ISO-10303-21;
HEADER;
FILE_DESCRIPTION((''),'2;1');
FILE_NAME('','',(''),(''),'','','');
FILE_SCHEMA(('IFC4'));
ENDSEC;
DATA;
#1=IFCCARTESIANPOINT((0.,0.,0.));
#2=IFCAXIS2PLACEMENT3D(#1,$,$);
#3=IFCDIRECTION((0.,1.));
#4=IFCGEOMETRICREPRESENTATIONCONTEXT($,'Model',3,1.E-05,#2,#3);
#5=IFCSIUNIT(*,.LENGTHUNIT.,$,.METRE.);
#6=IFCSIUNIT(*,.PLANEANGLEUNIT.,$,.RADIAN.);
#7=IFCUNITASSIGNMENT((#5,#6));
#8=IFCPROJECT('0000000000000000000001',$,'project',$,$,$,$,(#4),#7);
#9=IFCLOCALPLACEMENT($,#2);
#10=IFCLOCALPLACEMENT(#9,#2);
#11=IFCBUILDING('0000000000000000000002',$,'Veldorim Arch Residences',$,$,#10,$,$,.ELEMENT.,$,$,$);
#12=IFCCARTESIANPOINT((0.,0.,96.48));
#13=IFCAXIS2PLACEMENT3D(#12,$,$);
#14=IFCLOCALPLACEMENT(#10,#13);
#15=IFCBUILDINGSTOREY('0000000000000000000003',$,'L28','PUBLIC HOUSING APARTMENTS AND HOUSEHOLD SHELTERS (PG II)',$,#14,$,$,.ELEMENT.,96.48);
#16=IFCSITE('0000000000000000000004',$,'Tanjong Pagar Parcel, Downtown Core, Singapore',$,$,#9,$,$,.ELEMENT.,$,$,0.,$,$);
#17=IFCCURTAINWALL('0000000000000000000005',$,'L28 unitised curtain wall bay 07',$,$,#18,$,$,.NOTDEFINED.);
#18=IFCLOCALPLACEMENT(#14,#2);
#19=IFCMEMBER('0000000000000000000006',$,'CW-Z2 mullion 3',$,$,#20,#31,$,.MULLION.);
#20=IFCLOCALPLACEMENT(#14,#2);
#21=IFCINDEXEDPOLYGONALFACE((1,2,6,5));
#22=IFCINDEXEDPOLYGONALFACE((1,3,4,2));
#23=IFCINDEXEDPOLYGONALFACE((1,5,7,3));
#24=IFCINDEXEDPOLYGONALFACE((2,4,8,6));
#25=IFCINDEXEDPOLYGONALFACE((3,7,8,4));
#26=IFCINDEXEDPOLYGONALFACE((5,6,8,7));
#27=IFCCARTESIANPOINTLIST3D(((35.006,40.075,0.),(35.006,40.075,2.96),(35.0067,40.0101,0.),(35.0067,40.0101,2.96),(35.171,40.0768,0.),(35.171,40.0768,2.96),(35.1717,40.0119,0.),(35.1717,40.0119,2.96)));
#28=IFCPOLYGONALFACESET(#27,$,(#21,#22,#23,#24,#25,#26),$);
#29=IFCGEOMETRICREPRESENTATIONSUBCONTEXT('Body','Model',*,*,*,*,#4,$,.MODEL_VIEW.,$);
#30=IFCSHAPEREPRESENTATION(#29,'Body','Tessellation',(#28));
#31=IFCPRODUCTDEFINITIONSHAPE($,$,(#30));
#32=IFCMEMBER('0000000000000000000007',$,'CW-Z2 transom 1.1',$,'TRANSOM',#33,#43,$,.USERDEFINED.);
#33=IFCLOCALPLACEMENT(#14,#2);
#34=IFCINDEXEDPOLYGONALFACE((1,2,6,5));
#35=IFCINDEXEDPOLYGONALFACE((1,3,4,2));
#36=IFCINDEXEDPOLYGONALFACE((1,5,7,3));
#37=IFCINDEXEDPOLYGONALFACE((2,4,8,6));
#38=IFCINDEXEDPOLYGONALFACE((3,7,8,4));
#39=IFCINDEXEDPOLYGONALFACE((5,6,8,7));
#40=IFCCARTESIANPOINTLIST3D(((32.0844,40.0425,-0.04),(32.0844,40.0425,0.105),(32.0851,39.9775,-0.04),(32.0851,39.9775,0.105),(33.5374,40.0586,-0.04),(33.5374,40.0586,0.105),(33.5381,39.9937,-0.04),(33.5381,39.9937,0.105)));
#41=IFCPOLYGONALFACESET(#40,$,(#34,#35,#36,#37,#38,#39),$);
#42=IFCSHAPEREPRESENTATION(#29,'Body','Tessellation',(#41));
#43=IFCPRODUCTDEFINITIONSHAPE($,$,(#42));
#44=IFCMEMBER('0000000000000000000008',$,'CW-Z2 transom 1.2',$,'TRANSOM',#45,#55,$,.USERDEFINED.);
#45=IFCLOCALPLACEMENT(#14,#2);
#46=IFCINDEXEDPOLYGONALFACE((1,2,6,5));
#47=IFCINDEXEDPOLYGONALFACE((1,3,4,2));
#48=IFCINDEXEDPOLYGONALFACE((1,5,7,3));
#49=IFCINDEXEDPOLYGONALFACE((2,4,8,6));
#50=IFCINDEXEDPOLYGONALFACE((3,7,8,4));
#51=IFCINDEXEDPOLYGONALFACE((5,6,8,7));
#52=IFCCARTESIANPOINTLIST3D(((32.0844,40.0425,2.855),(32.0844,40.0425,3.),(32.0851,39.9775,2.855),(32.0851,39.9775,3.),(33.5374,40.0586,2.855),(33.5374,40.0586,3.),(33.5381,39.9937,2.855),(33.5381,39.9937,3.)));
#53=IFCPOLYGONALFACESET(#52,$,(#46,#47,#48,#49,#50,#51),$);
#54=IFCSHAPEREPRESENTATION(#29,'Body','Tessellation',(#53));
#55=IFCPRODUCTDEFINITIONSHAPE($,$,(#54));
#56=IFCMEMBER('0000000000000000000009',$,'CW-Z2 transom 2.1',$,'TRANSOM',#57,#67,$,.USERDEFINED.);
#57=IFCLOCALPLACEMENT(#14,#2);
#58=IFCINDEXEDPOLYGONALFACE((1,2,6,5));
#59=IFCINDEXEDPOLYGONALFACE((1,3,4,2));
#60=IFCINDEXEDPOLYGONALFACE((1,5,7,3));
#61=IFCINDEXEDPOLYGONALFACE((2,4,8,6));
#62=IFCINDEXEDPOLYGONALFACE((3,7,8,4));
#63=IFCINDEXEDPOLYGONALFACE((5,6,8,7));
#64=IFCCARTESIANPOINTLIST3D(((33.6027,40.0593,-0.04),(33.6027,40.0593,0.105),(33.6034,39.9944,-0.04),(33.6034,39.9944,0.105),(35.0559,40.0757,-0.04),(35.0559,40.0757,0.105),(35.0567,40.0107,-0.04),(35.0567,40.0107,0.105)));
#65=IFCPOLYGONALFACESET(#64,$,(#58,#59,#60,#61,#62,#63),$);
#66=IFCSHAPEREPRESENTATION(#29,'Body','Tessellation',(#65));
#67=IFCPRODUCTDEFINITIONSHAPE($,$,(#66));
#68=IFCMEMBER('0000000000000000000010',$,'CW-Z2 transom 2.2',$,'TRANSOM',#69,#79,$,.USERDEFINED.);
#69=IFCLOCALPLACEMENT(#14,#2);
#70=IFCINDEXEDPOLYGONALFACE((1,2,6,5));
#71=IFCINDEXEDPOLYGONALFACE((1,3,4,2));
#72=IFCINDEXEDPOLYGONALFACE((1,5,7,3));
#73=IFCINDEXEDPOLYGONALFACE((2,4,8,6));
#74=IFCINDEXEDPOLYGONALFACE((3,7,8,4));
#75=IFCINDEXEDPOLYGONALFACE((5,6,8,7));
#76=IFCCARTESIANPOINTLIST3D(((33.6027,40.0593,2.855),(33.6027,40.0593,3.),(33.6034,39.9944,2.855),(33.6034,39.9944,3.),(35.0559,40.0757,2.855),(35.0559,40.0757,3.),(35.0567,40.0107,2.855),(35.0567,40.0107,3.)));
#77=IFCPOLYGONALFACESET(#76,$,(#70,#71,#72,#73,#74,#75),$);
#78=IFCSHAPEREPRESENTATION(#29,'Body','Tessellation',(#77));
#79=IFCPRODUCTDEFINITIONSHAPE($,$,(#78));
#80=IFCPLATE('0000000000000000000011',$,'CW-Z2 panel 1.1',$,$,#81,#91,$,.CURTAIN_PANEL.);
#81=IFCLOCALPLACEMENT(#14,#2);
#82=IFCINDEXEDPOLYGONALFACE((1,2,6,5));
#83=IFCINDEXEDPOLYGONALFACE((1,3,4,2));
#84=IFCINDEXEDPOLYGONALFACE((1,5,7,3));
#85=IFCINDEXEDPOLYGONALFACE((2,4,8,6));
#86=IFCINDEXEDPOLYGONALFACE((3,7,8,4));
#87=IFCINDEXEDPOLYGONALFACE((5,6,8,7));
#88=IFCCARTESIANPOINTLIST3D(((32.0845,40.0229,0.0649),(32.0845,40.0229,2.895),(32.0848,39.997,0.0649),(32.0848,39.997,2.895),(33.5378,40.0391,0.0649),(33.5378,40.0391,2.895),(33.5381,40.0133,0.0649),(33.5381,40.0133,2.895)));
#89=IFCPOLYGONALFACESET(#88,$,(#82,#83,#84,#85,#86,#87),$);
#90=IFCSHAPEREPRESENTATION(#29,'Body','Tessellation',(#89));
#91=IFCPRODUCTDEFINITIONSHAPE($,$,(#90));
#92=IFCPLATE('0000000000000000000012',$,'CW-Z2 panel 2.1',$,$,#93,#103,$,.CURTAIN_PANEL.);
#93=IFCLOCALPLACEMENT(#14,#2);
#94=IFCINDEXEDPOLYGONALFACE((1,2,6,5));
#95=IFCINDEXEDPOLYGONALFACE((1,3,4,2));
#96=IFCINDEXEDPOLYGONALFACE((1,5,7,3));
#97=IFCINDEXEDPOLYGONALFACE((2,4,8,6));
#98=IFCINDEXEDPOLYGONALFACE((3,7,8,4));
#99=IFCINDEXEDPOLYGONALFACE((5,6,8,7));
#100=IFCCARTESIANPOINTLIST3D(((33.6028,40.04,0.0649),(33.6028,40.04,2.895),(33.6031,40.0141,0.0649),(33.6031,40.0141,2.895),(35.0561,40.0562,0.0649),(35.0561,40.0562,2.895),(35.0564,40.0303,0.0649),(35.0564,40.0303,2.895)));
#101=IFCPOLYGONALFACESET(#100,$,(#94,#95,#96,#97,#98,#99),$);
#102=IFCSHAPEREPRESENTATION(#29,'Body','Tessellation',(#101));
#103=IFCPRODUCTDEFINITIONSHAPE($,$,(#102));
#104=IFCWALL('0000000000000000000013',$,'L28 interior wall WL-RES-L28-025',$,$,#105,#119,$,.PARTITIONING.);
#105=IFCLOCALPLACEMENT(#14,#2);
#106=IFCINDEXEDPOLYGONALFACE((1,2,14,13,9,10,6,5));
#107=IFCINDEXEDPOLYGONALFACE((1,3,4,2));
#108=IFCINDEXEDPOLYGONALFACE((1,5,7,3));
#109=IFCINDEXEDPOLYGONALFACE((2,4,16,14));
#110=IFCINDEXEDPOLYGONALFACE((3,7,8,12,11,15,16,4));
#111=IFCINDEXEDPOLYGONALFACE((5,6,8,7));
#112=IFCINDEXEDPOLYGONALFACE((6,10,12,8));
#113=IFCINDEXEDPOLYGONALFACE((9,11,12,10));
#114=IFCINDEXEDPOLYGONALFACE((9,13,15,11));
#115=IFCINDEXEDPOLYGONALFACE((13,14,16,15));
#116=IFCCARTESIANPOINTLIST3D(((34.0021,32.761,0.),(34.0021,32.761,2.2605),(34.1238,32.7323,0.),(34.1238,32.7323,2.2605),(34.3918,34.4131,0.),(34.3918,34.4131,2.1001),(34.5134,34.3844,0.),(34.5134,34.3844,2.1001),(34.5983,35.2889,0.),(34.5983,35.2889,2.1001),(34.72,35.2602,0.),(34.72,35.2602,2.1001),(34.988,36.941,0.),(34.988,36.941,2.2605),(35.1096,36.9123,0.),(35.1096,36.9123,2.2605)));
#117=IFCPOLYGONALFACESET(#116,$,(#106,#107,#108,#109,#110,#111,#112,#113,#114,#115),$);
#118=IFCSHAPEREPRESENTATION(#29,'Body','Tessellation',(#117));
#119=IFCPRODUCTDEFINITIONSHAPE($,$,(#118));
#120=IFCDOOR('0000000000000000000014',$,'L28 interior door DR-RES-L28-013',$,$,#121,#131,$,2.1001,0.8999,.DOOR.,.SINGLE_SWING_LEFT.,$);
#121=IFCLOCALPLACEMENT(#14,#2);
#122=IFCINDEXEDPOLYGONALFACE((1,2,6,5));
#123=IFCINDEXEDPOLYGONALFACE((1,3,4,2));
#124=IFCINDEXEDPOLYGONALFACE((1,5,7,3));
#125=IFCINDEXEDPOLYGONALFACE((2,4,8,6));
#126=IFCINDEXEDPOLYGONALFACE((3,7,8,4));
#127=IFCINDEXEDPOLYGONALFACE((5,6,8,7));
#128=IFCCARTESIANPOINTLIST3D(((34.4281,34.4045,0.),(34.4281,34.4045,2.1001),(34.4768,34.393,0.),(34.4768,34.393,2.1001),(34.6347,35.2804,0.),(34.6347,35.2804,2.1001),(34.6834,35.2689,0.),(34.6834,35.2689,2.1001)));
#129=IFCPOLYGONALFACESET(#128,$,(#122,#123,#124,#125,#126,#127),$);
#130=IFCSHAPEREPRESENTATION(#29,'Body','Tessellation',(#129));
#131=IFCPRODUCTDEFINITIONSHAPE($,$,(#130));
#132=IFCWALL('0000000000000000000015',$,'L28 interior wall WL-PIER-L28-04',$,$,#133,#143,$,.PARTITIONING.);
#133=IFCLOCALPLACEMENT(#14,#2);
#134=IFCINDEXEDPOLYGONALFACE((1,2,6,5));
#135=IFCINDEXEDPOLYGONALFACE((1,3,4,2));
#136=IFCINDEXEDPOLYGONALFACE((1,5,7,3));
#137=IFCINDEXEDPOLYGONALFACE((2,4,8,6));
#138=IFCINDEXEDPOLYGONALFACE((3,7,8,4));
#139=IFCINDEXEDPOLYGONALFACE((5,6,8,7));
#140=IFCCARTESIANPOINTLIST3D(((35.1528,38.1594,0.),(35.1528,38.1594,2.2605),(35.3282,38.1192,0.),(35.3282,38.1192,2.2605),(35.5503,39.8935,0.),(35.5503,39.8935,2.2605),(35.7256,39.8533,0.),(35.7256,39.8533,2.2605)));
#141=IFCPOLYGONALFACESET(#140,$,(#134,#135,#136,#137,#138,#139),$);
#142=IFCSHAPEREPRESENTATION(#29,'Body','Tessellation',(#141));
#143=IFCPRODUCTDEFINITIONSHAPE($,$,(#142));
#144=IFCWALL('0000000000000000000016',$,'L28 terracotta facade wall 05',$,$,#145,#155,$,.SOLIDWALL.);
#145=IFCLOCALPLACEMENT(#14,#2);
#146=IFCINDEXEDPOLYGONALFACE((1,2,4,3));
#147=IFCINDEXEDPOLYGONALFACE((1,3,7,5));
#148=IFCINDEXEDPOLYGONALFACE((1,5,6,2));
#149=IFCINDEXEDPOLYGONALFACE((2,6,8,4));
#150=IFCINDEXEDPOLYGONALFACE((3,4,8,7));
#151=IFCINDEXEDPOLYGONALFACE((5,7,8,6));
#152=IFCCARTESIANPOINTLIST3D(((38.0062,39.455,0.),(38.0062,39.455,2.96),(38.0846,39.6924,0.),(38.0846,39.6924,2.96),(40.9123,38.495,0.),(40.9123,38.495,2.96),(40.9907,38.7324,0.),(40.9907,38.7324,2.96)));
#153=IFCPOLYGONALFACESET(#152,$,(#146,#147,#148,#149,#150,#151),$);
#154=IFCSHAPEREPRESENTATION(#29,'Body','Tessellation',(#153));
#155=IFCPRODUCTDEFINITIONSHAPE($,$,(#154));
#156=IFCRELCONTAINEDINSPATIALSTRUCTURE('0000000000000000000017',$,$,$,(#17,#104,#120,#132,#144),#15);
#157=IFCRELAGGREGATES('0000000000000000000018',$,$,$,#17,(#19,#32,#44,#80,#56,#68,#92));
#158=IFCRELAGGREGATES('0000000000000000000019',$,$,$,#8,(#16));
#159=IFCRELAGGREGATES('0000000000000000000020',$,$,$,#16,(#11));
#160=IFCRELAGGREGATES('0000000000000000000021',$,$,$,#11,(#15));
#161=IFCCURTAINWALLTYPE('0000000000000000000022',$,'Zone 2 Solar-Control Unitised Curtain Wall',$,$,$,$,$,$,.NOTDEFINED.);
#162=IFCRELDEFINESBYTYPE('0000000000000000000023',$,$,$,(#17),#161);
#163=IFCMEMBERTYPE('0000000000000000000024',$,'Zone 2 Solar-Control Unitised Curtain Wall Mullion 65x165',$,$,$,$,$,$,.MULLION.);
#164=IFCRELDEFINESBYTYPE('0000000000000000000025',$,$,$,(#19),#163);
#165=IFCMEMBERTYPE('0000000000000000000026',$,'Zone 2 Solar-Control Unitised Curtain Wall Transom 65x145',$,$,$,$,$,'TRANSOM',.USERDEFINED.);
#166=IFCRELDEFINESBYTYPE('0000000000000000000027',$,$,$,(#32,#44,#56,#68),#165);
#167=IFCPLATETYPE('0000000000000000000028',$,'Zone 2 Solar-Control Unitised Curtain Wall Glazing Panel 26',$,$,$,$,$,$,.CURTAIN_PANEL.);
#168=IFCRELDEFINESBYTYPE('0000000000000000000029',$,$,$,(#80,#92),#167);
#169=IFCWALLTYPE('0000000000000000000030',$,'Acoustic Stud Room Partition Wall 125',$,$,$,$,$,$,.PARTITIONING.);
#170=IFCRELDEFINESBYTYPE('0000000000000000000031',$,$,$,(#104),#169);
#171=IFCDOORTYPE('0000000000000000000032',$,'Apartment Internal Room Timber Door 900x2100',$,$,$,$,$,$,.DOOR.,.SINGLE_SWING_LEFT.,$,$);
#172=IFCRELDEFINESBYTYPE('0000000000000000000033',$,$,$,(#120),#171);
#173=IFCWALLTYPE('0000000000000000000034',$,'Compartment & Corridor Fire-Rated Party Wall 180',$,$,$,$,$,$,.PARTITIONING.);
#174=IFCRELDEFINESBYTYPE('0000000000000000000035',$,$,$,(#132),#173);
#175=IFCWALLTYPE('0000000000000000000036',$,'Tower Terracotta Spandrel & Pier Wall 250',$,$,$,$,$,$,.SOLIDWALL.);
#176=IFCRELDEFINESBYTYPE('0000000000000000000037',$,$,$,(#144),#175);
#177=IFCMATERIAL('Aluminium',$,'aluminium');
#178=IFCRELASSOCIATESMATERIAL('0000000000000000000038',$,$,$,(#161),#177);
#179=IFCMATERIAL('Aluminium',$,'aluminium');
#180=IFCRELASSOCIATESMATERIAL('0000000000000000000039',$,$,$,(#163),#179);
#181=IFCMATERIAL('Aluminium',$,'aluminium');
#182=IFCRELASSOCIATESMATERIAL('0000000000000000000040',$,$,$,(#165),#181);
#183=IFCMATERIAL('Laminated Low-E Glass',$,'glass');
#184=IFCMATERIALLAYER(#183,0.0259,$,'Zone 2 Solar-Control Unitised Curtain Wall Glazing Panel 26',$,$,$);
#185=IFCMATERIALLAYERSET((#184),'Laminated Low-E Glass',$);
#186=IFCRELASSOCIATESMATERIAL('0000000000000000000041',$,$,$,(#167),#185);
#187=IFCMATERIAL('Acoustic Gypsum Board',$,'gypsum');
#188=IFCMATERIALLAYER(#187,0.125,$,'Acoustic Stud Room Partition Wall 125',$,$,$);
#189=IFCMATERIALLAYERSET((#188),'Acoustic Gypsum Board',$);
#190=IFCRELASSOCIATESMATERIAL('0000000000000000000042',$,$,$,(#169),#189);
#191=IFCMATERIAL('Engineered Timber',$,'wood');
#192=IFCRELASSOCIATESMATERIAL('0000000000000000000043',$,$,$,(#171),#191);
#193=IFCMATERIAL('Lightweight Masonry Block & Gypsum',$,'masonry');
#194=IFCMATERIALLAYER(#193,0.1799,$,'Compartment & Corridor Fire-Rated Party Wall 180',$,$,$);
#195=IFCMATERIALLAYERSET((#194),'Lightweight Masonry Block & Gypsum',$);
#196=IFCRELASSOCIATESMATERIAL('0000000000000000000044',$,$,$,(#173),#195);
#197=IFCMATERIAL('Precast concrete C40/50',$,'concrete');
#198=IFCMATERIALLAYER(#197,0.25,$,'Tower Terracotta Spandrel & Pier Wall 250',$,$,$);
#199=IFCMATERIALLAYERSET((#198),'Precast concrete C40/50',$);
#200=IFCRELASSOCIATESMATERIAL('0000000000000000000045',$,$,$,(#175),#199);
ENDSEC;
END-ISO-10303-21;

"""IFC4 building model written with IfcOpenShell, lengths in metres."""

from ifc_helpers import new_model, si_unit, direction, frame, frame_2d, origin, origin_2d, place, context, subcontext, project, spatial, rectangle, extrude, material, layer, layer_set, material_profile, profile_set, type_object, element, fill, aggregate, save


model = new_model("IFC4")

# Units and contexts
model_context = context("Model", 3, precision=1e-05, world=origin(), true_north=direction((0.0, 1.0)))
body_context = subcontext(model_context, "Body", "Model", "MODEL_VIEW")
ifc_project = project(units=[si_unit("LENGTHUNIT", "METRE"), si_unit("PLANEANGLEUNIT", "RADIAN")], contexts=[model_context])

# Site, building, storey
site_placement = place(None, origin())
site = spatial("IfcSite", under=ifc_project, at=site_placement, Name="Tanjong Pagar Parcel, Downtown Core, Singapore", CompositionType="ELEMENT", RefElevation=0.0)
building_placement = place(site_placement, origin())
building = spatial("IfcBuilding", under=site, at=building_placement, Name="Veldorim Arch Residences", CompositionType="ELEMENT")
storey_placement = place(building_placement, frame((0.0, 0.0, 96.48)))
storey = spatial("IfcBuildingStorey", under=building, at=storey_placement, Name="L28", Description="PUBLIC HOUSING APARTMENTS AND HOUSEHOLD SHELTERS (PG II)", CompositionType="ELEMENT", Elevation=96.48)

# Shared definitions
ifc_material_1 = material(Name="Aluminium", Category="aluminium")
curtain_wall_type = type_object("IfcCurtainWallType", Name="Zone 2 Solar-Control Unitised Curtain Wall", PredefinedType="NOTDEFINED", material=ifc_material_1)
ifc_material_2 = material(Name="Aluminium", Category="aluminium")
ifc_material_profile_1 = material_profile(ifc_material_2, rectangle(XDim=0.0649, YDim=0.165, at=origin_2d()), Name="ALU_MUL_65x165")
ifc_profile_set_1 = profile_set([ifc_material_profile_1], Name="Aluminium")
member_type_1 = type_object("IfcMemberType", Name="Zone 2 Solar-Control Unitised Curtain Wall Mullion 65x165", PredefinedType="MULLION", material=ifc_profile_set_1)

# Curtain wall, members, plates
curtain_wall_1_placement = place(storey_placement, origin())
curtain_wall_1 = element("IfcCurtainWall", 1, at=curtain_wall_1_placement, inside=storey, type_object=curtain_wall_type, Name="L28 unitised curtain wall bay 07", PredefinedType="NOTDEFINED")
member_1_placement = place(storey_placement, frame((35.0889, 40.0435, 0.0), z_axis=(0.0, 0.0, 1.0), x_axis=(-0.011187, 0.999937, 0.0)))
member_1 = element("IfcMember", 2, at=member_1_placement, type_object=member_type_1, Name="CW-Z2 mullion 3", PredefinedType="MULLION", context=body_context, shape_type="SweptSolid", body=[
    extrude(rectangle(XDim=0.0649, YDim=0.165, at=origin_2d()), origin(), (0.0, 0.0, 1.0), 2.96),
])
ifc_material_3 = material(Name="Aluminium", Category="aluminium")
ifc_material_profile_2 = material_profile(ifc_material_3, rectangle(XDim=0.0649, YDim=0.145, at=origin_2d()), Name="ALU_TRN_65x145")
ifc_profile_set_2 = profile_set([ifc_material_profile_2], Name="Aluminium")
member_type_2 = type_object("IfcMemberType", Name="Zone 2 Solar-Control Unitised Curtain Wall Transom 65x145", ElementType="TRANSOM", PredefinedType="USERDEFINED", material=ifc_profile_set_2)
member_2_placement = place(storey_placement, frame((32.0847, 40.01, 0.0325), z_axis=(0.999939, 0.011088, 0.0), x_axis=(-0.011088, 0.999939, 0.0)))
member_2 = element("IfcMember", 3, at=member_2_placement, type_object=member_type_2, Name="CW-Z2 transom 1.1", ObjectType="TRANSOM", PredefinedType="USERDEFINED", context=body_context, shape_type="SweptSolid", body=[
    extrude(rectangle(XDim=0.0649, YDim=0.145, at=origin_2d()), origin(), (0.0, 0.0, 1.0), 1.4531),
])
member_3_placement = place(storey_placement, frame((32.0847, 40.01, 2.9275), z_axis=(0.999939, 0.011088, 0.0), x_axis=(-0.011088, 0.999939, 0.0)))
member_3 = element("IfcMember", 4, at=member_3_placement, type_object=member_type_2, Name="CW-Z2 transom 1.2", ObjectType="TRANSOM", PredefinedType="USERDEFINED", context=body_context, shape_type="SweptSolid", body=[
    extrude(rectangle(XDim=0.0649, YDim=0.145, at=origin_2d()), origin(), (0.0, 0.0, 1.0), 1.4531),
])
member_4_placement = place(storey_placement, frame((33.603, 40.0269, 0.0325), z_axis=(0.999937, 0.011254, 0.0), x_axis=(-0.011254, 0.999937, 0.0)))
member_4 = element("IfcMember", 5, at=member_4_placement, type_object=member_type_2, Name="CW-Z2 transom 2.1", ObjectType="TRANSOM", PredefinedType="USERDEFINED", context=body_context, shape_type="SweptSolid", body=[
    extrude(rectangle(XDim=0.0649, YDim=0.145, at=origin_2d()), origin(), (0.0, 0.0, 1.0), 1.4534),
])
member_5_placement = place(storey_placement, frame((33.603, 40.0269, 2.9275), z_axis=(0.999937, 0.011254, 0.0), x_axis=(-0.011254, 0.999937, 0.0)))
member_5 = element("IfcMember", 6, at=member_5_placement, type_object=member_type_2, Name="CW-Z2 transom 2.2", ObjectType="TRANSOM", PredefinedType="USERDEFINED", context=body_context, shape_type="SweptSolid", body=[
    extrude(rectangle(XDim=0.0649, YDim=0.145, at=origin_2d()), origin(), (0.0, 0.0, 1.0), 1.4534),
])
ifc_material_4 = material(Name="Laminated Low-E Glass", Category="glass")
ifc_layer_1 = layer(ifc_material_4, 0.0259, Name="Zone 2 Solar-Control Unitised Curtain Wall Glazing Panel 26")
ifc_layer_set_1 = layer_set([ifc_layer_1], Name="Laminated Low-E Glass")
plate_type = type_object("IfcPlateType", Name="Zone 2 Solar-Control Unitised Curtain Wall Glazing Panel 26", PredefinedType="CURTAIN_PANEL", material=ifc_layer_set_1)
plate_1_placement = place(storey_placement, frame((32.8113, 40.0181, 0.0649), z_axis=(0.0, 0.0, 1.0), x_axis=(0.999937, 0.011187, 0.0)))
plate_1 = element("IfcPlate", 7, at=plate_1_placement, type_object=plate_type, Name="CW-Z2 panel 1.1", PredefinedType="CURTAIN_PANEL", context=body_context, shape_type="SweptSolid", body=[
    extrude(rectangle(XDim=1.4534, YDim=0.0259, at=origin_2d()), origin(), (0.0, 0.0, 1.0), 2.8301),
])
plate_2_placement = place(storey_placement, frame((34.3296, 40.0352, 0.0649), z_axis=(0.0, 0.0, 1.0), x_axis=(0.999937, 0.011187, 0.0)))
plate_2 = element("IfcPlate", 8, at=plate_2_placement, type_object=plate_type, Name="CW-Z2 panel 2.1", PredefinedType="CURTAIN_PANEL", context=body_context, shape_type="SweptSolid", body=[
    extrude(rectangle(XDim=1.4534, YDim=0.0259, at=origin_2d()), origin(), (0.0, 0.0, 1.0), 2.8301),
])
aggregate(curtain_wall_1, [member_1, member_2, member_3, plate_1, member_4, member_5, plate_2])

# Wall, opening, door
ifc_material_5 = material(Name="Acoustic Gypsum Board", Category="gypsum")
ifc_layer_2 = layer(ifc_material_5, 0.125, Name="Acoustic Stud Room Partition Wall 125")
ifc_layer_set_2 = layer_set([ifc_layer_2], Name="Acoustic Gypsum Board")
wall_type_1 = type_object("IfcWallType", Name="Acoustic Stud Room Partition Wall 125", PredefinedType="PARTITIONING", material=ifc_layer_set_2)
wall_1_placement = place(storey_placement, frame((35.0488, 36.9268, 0.0), z_axis=(0.0, 0.0, 1.0), x_axis=(-0.229553, -0.973296, 0.0)))
wall_1 = element("IfcWall", 9, at=wall_1_placement, inside=storey, type_object=wall_type_1, Name="L28 interior wall WL-RES-L28-025", PredefinedType="PARTITIONING", context=body_context, shape_type="SweptSolid", body=[
    extrude(rectangle(XDim=4.2947, YDim=0.125, at=frame_2d((2.1475, 0.0))), origin(), (0.0, 0.0, 1.0), 2.2605),
])
opening_1_placement = place(wall_1_placement, frame((1.6975, 0.0, 0.0)))
opening_1 = element("IfcOpeningElement", 10, at=opening_1_placement, cuts=wall_1, PredefinedType="OPENING", context=body_context, shape_type="SweptSolid", body=[
    extrude(rectangle(XDim=0.8999, YDim=2.1001, at=frame_2d((0.45, 1.05))), frame((0.0, 0.0725, 0.0), z_axis=(0.0, -1.0, 0.0), x_axis=(1.0, 0.0, 0.0)), (0.0, 0.0, 1.0), 0.145),
])
ifc_material_6 = material(Name="Engineered Timber", Category="wood")
door_type = type_object("IfcDoorType", Name="Apartment Internal Room Timber Door 900x2100", OperationType="SINGLE_SWING_LEFT", PredefinedType="DOOR", material=ifc_material_6)
door_placement = place(opening_1_placement, origin())
door = element("IfcDoor", 11, at=door_placement, inside=storey, type_object=door_type, Name="L28 interior door DR-RES-L28-013", OperationType="SINGLE_SWING_LEFT", OverallHeight=2.1001, OverallWidth=0.8999, PredefinedType="DOOR", context=body_context, shape_type="SweptSolid", body=[
    extrude(rectangle(XDim=0.8999, YDim=2.1001, at=frame_2d((0.45, 1.05))), frame((0.0, 0.0249, 0.0), z_axis=(0.0, -1.0, 0.0), x_axis=(1.0, 0.0, 0.0)), (0.0, 0.0, 1.0), 0.05),
])
fill(opening_1, door)

# Walls
ifc_material_7 = material(Name="Lightweight Masonry Block & Gypsum", Category="masonry")
ifc_layer_3 = layer(ifc_material_7, 0.1799, Name="Compartment & Corridor Fire-Rated Party Wall 180")
ifc_layer_set_3 = layer_set([ifc_layer_3], Name="Lightweight Masonry Block & Gypsum")
wall_type_2 = type_object("IfcWallType", Name="Compartment & Corridor Fire-Rated Party Wall 180", PredefinedType="PARTITIONING", material=ifc_layer_set_3)
wall_2_placement = place(storey_placement, frame((35.2405, 38.1392, 0.0), z_axis=(0.0, 0.0, 1.0), x_axis=(0.223406, 0.974725, 0.0)))
element("IfcWall", 12, at=wall_2_placement, inside=storey, type_object=wall_type_2, Name="L28 interior wall WL-PIER-L28-04", PredefinedType="PARTITIONING", context=body_context, shape_type="SweptSolid", body=[
    extrude(rectangle(XDim=1.7791, YDim=0.1799, at=frame_2d((0.8896, 0.0))), origin(), (0.0, 0.0, 1.0), 2.2605),
])
ifc_material_8 = material(Name="Precast concrete C40/50", Category="concrete")
ifc_layer_4 = layer(ifc_material_8, 0.25, Name="Tower Terracotta Spandrel & Pier Wall 250")
ifc_layer_set_4 = layer_set([ifc_layer_4], Name="Precast concrete C40/50")
wall_type_3 = type_object("IfcWallType", Name="Tower Terracotta Spandrel & Pier Wall 250", PredefinedType="SOLIDWALL", material=ifc_layer_set_4)
wall_3_placement = place(storey_placement, frame((38.0454, 39.5737, 0.0), z_axis=(0.0, 0.0, 1.0), x_axis=(0.949533, -0.313666, 0.0)))
element("IfcWall", 13, at=wall_3_placement, inside=storey, type_object=wall_type_3, Name="L28 terracotta facade wall 05", PredefinedType="SOLIDWALL", context=body_context, shape_type="SweptSolid", body=[
    extrude(rectangle(XDim=3.0605, YDim=0.25, at=frame_2d((1.5303, 0.0))), origin(), (0.0, 0.0, 1.0), 2.96),
])

save(model, "model.ifc")
